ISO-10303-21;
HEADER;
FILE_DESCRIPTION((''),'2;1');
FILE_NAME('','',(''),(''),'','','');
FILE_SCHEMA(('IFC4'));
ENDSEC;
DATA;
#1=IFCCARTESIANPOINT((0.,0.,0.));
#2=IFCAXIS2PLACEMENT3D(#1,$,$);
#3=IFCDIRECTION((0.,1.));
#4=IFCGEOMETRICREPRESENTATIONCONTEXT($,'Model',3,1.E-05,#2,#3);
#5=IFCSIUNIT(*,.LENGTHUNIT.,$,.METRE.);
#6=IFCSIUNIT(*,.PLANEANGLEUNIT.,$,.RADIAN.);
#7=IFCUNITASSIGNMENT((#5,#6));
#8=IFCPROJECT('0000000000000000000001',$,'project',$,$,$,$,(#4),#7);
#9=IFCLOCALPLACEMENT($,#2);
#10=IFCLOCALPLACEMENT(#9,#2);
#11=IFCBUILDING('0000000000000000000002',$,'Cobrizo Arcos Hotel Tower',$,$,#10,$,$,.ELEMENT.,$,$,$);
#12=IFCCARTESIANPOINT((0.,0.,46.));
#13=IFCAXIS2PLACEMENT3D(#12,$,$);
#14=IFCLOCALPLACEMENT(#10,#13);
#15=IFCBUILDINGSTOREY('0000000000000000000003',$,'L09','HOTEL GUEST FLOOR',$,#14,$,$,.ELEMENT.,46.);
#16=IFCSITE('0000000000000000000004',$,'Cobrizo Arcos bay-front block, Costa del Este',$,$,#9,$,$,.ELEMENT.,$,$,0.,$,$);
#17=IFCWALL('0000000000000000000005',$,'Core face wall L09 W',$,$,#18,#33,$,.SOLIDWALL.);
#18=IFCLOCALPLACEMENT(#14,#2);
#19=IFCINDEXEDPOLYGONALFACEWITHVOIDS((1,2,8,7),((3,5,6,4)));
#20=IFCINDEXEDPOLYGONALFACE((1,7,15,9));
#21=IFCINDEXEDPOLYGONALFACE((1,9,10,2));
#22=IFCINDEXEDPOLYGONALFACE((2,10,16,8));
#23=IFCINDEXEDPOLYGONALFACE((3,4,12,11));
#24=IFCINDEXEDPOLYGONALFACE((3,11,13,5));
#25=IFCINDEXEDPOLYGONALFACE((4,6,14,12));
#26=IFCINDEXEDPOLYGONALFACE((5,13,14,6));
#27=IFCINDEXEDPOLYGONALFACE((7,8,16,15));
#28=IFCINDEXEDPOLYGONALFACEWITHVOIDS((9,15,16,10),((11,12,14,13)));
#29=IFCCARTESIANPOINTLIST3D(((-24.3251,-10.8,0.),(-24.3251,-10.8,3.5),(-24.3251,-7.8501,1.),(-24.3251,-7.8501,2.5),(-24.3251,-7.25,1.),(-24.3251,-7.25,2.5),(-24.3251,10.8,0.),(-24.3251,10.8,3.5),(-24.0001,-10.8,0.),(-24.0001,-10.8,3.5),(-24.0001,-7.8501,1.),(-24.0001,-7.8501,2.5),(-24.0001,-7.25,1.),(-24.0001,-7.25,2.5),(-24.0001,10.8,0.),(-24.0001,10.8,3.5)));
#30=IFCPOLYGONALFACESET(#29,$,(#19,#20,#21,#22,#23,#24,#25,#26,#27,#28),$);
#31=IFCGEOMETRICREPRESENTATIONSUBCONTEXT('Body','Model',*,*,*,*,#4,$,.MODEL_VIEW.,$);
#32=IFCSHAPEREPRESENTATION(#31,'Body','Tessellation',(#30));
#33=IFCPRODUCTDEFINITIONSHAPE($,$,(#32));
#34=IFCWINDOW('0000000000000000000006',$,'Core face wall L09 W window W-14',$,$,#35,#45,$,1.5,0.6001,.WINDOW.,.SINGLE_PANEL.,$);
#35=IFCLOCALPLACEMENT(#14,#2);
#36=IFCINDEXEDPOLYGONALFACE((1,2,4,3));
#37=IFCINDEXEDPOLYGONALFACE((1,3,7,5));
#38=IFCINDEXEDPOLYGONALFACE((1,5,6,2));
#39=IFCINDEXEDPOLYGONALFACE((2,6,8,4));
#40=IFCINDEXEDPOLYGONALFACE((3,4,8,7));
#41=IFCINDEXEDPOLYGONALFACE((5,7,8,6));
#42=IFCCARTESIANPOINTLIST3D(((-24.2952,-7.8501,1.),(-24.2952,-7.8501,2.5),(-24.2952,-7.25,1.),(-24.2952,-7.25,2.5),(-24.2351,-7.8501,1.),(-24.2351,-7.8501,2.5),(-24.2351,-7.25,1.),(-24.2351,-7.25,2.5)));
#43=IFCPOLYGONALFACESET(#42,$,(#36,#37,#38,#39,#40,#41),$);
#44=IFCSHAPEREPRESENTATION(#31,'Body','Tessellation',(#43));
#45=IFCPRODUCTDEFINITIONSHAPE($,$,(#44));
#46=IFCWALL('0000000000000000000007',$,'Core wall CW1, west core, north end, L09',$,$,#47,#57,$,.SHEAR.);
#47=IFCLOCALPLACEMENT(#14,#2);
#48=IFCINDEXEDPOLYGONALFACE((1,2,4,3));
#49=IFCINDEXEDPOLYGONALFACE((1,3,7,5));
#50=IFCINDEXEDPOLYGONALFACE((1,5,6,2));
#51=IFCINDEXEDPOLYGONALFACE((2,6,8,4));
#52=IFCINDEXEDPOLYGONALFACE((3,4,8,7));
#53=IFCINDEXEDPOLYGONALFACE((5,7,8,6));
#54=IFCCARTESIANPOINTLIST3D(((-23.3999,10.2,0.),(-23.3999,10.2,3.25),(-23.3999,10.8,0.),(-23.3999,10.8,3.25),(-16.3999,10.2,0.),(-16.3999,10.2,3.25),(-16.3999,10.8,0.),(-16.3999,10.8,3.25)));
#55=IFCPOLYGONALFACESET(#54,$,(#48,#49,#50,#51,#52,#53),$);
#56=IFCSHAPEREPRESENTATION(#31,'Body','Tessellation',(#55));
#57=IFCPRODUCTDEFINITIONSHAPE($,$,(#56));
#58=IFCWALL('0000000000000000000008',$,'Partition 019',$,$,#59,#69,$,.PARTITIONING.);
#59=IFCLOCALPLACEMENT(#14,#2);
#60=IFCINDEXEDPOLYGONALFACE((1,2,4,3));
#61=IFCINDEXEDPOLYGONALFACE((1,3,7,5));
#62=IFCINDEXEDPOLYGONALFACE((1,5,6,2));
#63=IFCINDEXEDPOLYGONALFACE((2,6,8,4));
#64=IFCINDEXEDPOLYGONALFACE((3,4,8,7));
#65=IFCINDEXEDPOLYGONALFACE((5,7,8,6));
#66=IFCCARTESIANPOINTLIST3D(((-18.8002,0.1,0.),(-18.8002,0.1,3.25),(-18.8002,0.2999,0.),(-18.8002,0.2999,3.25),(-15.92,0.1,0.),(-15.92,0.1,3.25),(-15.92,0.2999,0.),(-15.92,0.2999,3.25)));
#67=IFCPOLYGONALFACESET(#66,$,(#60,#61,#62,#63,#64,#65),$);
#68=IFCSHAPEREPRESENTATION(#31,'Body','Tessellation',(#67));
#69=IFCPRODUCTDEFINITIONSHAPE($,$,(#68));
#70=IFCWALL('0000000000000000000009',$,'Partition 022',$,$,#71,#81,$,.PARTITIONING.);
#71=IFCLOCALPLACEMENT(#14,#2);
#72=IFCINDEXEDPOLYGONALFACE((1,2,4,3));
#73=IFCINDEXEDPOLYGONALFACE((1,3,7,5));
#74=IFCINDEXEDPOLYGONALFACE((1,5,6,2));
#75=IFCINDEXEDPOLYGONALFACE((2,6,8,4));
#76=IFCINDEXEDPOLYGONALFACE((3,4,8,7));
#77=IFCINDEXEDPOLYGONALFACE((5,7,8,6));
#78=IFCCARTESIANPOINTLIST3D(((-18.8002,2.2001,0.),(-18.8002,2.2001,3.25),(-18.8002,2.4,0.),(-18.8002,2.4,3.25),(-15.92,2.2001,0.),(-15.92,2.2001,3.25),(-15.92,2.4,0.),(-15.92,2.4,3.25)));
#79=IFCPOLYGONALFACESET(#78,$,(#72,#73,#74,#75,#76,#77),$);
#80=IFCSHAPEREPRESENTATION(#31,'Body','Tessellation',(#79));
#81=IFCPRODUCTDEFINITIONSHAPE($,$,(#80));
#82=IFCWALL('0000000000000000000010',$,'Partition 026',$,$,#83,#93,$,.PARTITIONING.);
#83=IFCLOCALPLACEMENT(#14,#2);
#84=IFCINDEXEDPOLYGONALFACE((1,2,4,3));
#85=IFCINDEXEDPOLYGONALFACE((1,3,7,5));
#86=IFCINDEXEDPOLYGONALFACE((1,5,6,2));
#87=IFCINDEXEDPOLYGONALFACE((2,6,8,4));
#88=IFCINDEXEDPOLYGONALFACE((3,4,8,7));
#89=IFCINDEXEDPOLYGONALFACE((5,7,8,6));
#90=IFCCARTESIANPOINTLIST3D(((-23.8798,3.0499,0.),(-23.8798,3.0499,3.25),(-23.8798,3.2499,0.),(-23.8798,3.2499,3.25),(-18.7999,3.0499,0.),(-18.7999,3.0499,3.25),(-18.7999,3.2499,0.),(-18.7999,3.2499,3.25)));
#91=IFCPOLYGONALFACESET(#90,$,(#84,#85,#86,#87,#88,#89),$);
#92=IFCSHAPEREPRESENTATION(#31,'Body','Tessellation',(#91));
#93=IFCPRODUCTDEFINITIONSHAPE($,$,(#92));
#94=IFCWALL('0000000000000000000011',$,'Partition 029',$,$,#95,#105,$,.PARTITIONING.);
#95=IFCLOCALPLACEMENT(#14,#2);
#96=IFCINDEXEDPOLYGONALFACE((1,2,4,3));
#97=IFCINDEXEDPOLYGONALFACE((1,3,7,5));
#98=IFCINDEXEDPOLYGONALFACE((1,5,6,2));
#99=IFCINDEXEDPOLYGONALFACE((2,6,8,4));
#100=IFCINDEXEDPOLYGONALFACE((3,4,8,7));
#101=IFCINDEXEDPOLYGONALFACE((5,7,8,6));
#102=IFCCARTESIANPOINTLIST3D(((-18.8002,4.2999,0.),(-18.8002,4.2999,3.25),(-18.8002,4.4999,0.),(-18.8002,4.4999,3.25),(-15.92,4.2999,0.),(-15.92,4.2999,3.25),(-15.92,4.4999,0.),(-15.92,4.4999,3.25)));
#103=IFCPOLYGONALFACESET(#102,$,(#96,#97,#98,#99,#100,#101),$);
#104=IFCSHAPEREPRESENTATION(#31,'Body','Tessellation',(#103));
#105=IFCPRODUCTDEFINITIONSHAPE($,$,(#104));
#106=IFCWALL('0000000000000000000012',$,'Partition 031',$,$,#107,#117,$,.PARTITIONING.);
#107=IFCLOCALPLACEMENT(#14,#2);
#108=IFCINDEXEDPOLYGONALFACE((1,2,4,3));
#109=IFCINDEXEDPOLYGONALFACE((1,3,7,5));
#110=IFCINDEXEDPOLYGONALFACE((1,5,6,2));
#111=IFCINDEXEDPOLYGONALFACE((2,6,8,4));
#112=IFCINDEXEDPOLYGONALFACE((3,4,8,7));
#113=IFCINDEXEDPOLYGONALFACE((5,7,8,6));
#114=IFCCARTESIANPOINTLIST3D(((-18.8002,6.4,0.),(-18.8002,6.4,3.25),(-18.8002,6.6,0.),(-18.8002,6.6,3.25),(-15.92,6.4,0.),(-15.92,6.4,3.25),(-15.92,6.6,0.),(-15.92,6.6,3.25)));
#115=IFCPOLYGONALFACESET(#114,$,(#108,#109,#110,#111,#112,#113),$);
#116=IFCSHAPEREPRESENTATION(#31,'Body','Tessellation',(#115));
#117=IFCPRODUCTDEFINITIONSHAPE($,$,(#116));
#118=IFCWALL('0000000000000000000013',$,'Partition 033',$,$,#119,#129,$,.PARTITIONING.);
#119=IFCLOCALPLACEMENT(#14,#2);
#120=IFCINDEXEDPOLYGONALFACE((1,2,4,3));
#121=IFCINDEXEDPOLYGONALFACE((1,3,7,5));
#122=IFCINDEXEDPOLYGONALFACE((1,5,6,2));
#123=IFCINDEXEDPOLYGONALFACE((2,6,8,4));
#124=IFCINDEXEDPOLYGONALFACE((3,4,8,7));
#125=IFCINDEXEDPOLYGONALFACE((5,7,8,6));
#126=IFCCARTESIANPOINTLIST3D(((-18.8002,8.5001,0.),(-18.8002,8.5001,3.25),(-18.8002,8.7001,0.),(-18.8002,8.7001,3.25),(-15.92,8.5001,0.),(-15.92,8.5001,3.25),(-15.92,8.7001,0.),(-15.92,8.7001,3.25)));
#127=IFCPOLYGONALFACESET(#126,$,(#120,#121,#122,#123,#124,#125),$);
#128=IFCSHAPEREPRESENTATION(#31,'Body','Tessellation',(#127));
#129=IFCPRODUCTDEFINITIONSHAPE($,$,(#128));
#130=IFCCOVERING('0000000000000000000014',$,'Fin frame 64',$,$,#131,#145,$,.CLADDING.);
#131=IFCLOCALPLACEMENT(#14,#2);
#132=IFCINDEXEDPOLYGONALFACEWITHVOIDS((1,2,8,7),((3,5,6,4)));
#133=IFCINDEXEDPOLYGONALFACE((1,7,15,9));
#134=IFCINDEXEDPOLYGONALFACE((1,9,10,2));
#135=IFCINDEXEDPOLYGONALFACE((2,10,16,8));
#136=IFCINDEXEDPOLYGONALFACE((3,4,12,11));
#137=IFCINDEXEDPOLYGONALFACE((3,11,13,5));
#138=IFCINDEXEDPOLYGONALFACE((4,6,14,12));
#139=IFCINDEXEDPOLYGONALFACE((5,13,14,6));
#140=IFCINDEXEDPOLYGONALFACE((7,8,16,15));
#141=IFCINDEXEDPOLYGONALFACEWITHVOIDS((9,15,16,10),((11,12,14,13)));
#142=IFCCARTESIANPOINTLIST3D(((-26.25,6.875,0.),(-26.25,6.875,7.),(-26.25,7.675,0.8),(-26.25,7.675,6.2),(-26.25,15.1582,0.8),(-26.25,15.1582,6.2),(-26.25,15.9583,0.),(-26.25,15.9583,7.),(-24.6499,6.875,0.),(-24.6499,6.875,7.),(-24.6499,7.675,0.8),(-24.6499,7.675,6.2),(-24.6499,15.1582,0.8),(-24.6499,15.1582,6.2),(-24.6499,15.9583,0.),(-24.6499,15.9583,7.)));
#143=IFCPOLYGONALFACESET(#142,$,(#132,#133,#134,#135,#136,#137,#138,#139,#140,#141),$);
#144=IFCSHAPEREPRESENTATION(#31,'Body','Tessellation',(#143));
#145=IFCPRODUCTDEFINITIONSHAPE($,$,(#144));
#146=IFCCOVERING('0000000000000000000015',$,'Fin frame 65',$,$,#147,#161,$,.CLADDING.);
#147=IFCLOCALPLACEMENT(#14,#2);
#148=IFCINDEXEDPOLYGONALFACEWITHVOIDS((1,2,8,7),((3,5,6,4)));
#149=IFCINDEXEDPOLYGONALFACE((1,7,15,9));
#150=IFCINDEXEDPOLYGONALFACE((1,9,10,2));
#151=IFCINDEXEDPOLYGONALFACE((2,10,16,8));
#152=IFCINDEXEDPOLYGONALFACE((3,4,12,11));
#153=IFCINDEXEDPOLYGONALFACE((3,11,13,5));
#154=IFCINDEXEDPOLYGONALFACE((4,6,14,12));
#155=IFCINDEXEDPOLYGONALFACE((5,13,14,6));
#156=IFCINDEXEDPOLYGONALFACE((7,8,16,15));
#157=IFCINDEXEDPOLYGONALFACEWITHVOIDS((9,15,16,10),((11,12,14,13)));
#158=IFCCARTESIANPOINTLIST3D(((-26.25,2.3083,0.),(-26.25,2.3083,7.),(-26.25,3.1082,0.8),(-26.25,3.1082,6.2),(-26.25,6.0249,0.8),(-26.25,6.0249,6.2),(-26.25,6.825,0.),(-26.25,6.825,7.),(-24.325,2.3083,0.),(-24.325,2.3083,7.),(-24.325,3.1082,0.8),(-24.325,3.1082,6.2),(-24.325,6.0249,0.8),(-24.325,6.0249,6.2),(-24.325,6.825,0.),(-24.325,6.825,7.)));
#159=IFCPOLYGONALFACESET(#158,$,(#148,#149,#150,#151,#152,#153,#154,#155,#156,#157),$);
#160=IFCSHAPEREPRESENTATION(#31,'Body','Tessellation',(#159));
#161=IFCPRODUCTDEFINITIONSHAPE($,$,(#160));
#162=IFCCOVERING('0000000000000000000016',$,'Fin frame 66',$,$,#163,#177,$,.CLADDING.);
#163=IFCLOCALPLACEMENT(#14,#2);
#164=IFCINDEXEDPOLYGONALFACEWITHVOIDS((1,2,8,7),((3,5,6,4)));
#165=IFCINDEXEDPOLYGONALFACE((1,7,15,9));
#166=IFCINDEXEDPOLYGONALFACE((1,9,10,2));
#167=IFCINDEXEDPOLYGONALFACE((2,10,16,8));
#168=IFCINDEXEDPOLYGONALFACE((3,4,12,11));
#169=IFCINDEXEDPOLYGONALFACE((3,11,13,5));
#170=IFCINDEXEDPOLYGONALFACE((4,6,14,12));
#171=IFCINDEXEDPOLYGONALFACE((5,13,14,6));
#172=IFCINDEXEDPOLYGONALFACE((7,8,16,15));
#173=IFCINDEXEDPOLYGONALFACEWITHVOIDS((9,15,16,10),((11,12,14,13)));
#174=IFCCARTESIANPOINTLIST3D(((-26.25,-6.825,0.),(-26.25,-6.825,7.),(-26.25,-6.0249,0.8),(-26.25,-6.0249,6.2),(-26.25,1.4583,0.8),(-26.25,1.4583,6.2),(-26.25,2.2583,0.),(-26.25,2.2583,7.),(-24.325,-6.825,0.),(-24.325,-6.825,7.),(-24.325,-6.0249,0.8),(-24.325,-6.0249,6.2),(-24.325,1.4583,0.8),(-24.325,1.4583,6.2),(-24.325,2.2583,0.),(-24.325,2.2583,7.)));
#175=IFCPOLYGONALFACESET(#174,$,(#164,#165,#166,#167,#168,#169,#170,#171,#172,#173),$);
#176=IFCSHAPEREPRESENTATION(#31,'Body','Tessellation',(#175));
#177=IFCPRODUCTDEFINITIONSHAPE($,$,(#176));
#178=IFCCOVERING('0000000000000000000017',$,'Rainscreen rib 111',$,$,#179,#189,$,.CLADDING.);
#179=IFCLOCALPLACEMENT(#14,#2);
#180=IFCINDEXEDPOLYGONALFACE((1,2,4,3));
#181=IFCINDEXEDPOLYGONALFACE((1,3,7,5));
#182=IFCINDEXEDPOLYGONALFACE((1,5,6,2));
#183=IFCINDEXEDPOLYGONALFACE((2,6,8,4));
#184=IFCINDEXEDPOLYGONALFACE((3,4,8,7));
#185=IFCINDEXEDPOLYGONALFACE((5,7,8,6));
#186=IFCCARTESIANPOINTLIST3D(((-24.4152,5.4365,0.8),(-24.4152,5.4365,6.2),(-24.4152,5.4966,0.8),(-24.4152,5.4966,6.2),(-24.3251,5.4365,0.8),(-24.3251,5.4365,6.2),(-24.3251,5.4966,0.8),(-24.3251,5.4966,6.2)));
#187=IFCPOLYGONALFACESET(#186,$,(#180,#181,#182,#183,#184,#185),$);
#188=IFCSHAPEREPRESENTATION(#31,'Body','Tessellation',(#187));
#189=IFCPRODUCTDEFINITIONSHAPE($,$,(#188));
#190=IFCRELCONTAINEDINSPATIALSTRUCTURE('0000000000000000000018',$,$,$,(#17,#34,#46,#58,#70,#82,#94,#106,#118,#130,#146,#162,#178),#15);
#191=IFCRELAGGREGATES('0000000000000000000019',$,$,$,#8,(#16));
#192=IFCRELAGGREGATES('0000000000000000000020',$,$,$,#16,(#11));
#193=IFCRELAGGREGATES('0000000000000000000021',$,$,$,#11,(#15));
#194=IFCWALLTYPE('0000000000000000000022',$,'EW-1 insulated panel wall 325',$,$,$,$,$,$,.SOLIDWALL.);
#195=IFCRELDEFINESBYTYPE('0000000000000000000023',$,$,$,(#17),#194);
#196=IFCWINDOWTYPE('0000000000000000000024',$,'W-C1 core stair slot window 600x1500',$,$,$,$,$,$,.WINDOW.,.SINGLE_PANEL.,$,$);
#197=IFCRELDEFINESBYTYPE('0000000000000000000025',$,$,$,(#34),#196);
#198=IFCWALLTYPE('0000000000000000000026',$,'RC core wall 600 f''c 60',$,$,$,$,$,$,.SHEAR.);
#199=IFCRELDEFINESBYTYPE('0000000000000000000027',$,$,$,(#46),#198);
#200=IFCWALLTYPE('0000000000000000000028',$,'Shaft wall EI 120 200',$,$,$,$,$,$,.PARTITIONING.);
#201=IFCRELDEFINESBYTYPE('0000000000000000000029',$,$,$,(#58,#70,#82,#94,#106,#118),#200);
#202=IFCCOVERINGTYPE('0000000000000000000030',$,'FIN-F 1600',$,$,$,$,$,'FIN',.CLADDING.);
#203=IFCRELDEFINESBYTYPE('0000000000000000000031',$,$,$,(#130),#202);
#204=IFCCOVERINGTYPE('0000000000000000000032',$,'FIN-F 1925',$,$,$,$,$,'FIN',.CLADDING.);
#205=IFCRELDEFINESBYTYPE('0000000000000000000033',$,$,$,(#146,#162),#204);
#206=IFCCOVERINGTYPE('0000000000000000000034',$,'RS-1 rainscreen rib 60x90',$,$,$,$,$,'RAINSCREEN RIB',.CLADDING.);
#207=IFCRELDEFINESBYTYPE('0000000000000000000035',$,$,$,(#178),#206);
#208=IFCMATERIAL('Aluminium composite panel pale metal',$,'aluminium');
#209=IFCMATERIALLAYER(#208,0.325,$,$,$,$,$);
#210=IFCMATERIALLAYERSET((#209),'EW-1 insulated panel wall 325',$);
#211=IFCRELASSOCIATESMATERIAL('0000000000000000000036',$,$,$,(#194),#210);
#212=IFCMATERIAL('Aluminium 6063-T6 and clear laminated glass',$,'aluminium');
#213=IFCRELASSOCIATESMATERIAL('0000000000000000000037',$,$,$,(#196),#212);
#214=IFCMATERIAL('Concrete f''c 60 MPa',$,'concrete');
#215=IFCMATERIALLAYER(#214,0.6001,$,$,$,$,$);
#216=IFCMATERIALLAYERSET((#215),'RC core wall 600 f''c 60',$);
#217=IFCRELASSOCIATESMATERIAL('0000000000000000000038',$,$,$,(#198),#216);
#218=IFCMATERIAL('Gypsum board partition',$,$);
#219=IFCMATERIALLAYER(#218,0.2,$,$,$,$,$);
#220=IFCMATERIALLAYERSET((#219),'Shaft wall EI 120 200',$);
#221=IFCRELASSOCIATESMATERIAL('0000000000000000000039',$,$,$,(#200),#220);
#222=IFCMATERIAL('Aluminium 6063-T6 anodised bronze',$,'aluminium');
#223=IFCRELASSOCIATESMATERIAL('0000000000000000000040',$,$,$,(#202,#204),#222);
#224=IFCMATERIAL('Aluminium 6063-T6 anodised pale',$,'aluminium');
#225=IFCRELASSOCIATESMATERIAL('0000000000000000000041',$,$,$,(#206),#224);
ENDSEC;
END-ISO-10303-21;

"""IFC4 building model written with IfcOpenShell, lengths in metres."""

from ifc_helpers import new_model, si_unit, direction, frame, frame_2d, origin, origin_2d, place, context, subcontext, project, spatial, polyline, rectangle, outline, extrude, material, layer, layer_set, type_object, element, fill, save


model = new_model("IFC4")

# Units and contexts
model_context = context("Model", 3, precision=1e-05, world=origin(), true_north=direction((0.0, 1.0)))
body_context = subcontext(model_context, "Body", "Model", "MODEL_VIEW")
ifc_project = project(units=[si_unit("LENGTHUNIT", "METRE"), si_unit("PLANEANGLEUNIT", "RADIAN")], contexts=[model_context])

# Site, building, storey
site_placement = place(None, origin())
site = spatial("IfcSite", under=ifc_project, at=site_placement, Name="Cobrizo Arcos bay-front block, Costa del Este", CompositionType="ELEMENT", RefElevation=0.0)
building_placement = place(site_placement, origin())
building = spatial("IfcBuilding", under=site, at=building_placement, Name="Cobrizo Arcos Hotel Tower", CompositionType="ELEMENT")
storey_placement = place(building_placement, frame((0.0, 0.0, 46.0)))
storey = spatial("IfcBuildingStorey", under=building, at=storey_placement, Name="L09", Description="HOTEL GUEST FLOOR", CompositionType="ELEMENT", Elevation=46.0)

# Shared definitions
ifc_material_1 = material(Name="Aluminium 6063-T6 anodised bronze", Category="aluminium")

# Shared definitions
ifc_material_2 = material(Name="Aluminium composite panel pale metal", Category="aluminium")

# Wall, opening, window
ifc_layer_1 = layer(ifc_material_2, 0.325)
ifc_layer_set_1 = layer_set([ifc_layer_1], Name="EW-1 insulated panel wall 325")
wall_type_1 = type_object("IfcWallType", Name="EW-1 insulated panel wall 325", PredefinedType="SOLIDWALL", material=ifc_layer_set_1)
wall_1_placement = place(storey_placement, frame((-24.1626, 10.8, 0.0), z_axis=(0.0, 0.0, 1.0), x_axis=(0.0, -1.0, 0.0)))
wall_1 = element("IfcWall", 1, at=wall_1_placement, inside=storey, type_object=wall_type_1, Name="Core face wall L09 W", PredefinedType="SOLIDWALL", context=body_context, shape_type="SweptSolid", body=[
    extrude(rectangle(XDim=21.6001, YDim=0.325, at=frame_2d((10.8, 0.0))), origin(), (0.0, 0.0, 1.0), 3.5),
])
opening_placement = place(wall_1_placement, frame((18.05, 0.0, 1.0)))
opening = element("IfcOpeningElement", 2, at=opening_placement, cuts=wall_1, PredefinedType="OPENING", context=body_context, shape_type="SweptSolid", body=[
    extrude(rectangle(XDim=0.6001, YDim=1.5, at=frame_2d((0.3, 0.75))), frame((0.0, 0.1746, 0.0), z_axis=(0.0, -1.0, 0.0), x_axis=(1.0, 0.0, 0.0)), (0.0, 0.0, 1.0), 0.3489),
])
ifc_material_3 = material(Name="Aluminium 6063-T6 and clear laminated glass", Category="aluminium")
window_type = type_object("IfcWindowType", Name="W-C1 core stair slot window 600x1500", PartitioningType="SINGLE_PANEL", PredefinedType="WINDOW", material=ifc_material_3)
window_placement = place(opening_placement, origin())
window = element("IfcWindow", 3, at=window_placement, inside=storey, type_object=window_type, Name="Core face wall L09 W window W-14", OverallHeight=1.5, OverallWidth=0.6001, PartitioningType="SINGLE_PANEL", PredefinedType="WINDOW", context=body_context, shape_type="SweptSolid", body=[
    extrude(rectangle(XDim=0.6001, YDim=1.5, at=frame_2d((0.3, 0.75))), frame((0.0, -0.0725, 0.0), z_axis=(0.0, -1.0, 0.0), x_axis=(1.0, 0.0, 0.0)), (0.0, 0.0, 1.0), 0.0601),
])
fill(opening, window)

# Walls
ifc_material_4 = material(Name="Concrete f'c 60 MPa", Category="concrete")
ifc_layer_2 = layer(ifc_material_4, 0.6001)
ifc_layer_set_2 = layer_set([ifc_layer_2], Name="RC core wall 600 f'c 60")
wall_type_2 = type_object("IfcWallType", Name="RC core wall 600 f'c 60", PredefinedType="SHEAR", material=ifc_layer_set_2)
wall_2_placement = place(storey_placement, frame((-23.3999, 10.5, 0.0), z_axis=(0.0, 0.0, 1.0), x_axis=(1.0, 0.0, 0.0)))
element("IfcWall", 4, at=wall_2_placement, inside=storey, type_object=wall_type_2, Name="Core wall CW1, west core, north end, L09", PredefinedType="SHEAR", context=body_context, shape_type="SweptSolid", body=[
    extrude(rectangle(XDim=7.0, YDim=0.6001, at=frame_2d((3.5, 0.0))), origin(), (0.0, 0.0, 1.0), 3.25),
])
ifc_material_5 = material(Name="Gypsum board partition")
ifc_layer_3 = layer(ifc_material_5, 0.2)
ifc_layer_set_3 = layer_set([ifc_layer_3], Name="Shaft wall EI 120 200")
wall_type_3 = type_object("IfcWallType", Name="Shaft wall EI 120 200", PredefinedType="PARTITIONING", material=ifc_layer_set_3)
for number, where, z_axis, x_axis, name in (
    (5, (-18.8, 0.2, 0.0), (0.0, 0.0, 1.0), (1.0, 0.0, 0.0), "Partition 019"),
    (6, (-18.8, 2.3, 0.0), (0.0, 0.0, 1.0), (1.0, 0.0, 0.0), "Partition 022"),
):
    element("IfcWall", number, at=place(storey_placement, frame(where, z_axis=z_axis, x_axis=x_axis)), inside=storey, type_object=wall_type_3, Name=name, PredefinedType="PARTITIONING", context=body_context, shape_type="SweptSolid", body=[
        extrude(rectangle(XDim=2.8801, YDim=0.2, at=frame_2d((1.4399, 0.0))), origin(), (0.0, 0.0, 1.0), 3.25),
    ])
wall_3_placement = place(storey_placement, frame((-23.8799, 3.1499, 0.0), z_axis=(0.0, 0.0, 1.0), x_axis=(1.0, 0.0, 0.0)))
element("IfcWall", 7, at=wall_3_placement, inside=storey, type_object=wall_type_3, Name="Partition 026", PredefinedType="PARTITIONING", context=body_context, shape_type="SweptSolid", body=[
    extrude(rectangle(XDim=5.0798, YDim=0.2, at=frame_2d((2.54, 0.0))), origin(), (0.0, 0.0, 1.0), 3.25),
])
for number, where, z_axis, x_axis, name in (
    (8, (-18.8, 4.3999, 0.0), (0.0, 0.0, 1.0), (1.0, 0.0, 0.0), "Partition 029"),
    (9, (-18.8, 6.5, 0.0), (0.0, 0.0, 1.0), (1.0, 0.0, 0.0), "Partition 031"),
    (10, (-18.8, 8.6001, 0.0), (0.0, 0.0, 1.0), (1.0, 0.0, 0.0), "Partition 033"),
):
    element("IfcWall", number, at=place(storey_placement, frame(where, z_axis=z_axis, x_axis=x_axis)), inside=storey, type_object=wall_type_3, Name=name, PredefinedType="PARTITIONING", context=body_context, shape_type="SweptSolid", body=[
        extrude(rectangle(XDim=2.8801, YDim=0.2, at=frame_2d((1.4399, 0.0))), origin(), (0.0, 0.0, 1.0), 3.25),
    ])

# Coverings
covering_type_1 = type_object("IfcCoveringType", Name="FIN-F 1600", ElementType="FIN", PredefinedType="CLADDING", material=ifc_material_1)
covering_1_placement = place(storey_placement, frame((-24.6499, 15.9583, 0.0), z_axis=(-1.0, 0.0, 0.0), x_axis=(0.0, -1.0, 0.0)))
element("IfcCovering", 11, at=covering_1_placement, inside=storey, type_object=covering_type_1, Name="Fin frame 64", PredefinedType="CLADDING", context=body_context, shape_type="SweptSolid", body=[
    extrude(outline(polyline([(0.0, 7.0), (0.0, 0.0), (9.0833, 0.0), (9.0833, 7.0), (0.0, 7.0)]), holes=[polyline([(8.2832, 0.8), (0.8, 0.8), (0.8, 6.2), (8.2832, 6.2), (8.2832, 0.8)])]), origin(), (0.0, 0.0, 1.0), 1.6001),
])
covering_type_2 = type_object("IfcCoveringType", Name="FIN-F 1925", ElementType="FIN", PredefinedType="CLADDING", material=ifc_material_1)
covering_2_placement = place(storey_placement, frame((-24.325, 6.825, 0.0), z_axis=(-1.0, 0.0, 0.0), x_axis=(0.0, -1.0, 0.0)))
element("IfcCovering", 12, at=covering_2_placement, inside=storey, type_object=covering_type_2, Name="Fin frame 65", PredefinedType="CLADDING", context=body_context, shape_type="SweptSolid", body=[
    extrude(outline(polyline([(0.0, 7.0), (0.0, 0.0), (4.5166, 0.0), (4.5166, 7.0), (0.0, 7.0)]), holes=[polyline([(3.7168, 0.8), (0.8, 0.8), (0.8, 6.2), (3.7168, 6.2), (3.7168, 0.8)])]), origin(), (0.0, 0.0, 1.0), 1.925),
])
covering_3_placement = place(storey_placement, frame((-24.325, 2.2583, 0.0), z_axis=(-1.0, 0.0, 0.0), x_axis=(0.0, -1.0, 0.0)))
element("IfcCovering", 13, at=covering_3_placement, inside=storey, type_object=covering_type_2, Name="Fin frame 66", PredefinedType="CLADDING", context=body_context, shape_type="SweptSolid", body=[
    extrude(outline(polyline([(0.0, 7.0), (0.0, 0.0), (9.0833, 0.0), (9.0833, 7.0), (0.0, 7.0)]), holes=[polyline([(8.2832, 0.8), (0.8, 0.8), (0.8, 6.2), (8.2832, 6.2), (8.2832, 0.8)])]), origin(), (0.0, 0.0, 1.0), 1.925),
])
ifc_material_6 = material(Name="Aluminium 6063-T6 anodised pale", Category="aluminium")
covering_type_3 = type_object("IfcCoveringType", Name="RS-1 rainscreen rib 60x90", ElementType="RAINSCREEN RIB", PredefinedType="CLADDING", material=ifc_material_6)
for number, where, z_axis, x_axis, name in (
    (14, (-24.3701, 5.4666, 0.8), (0.0, 0.0, 1.0), (0.0, -1.0, 0.0), "Rainscreen rib 111"),
):
    element("IfcCovering", number, at=place(storey_placement, frame(where, z_axis=z_axis, x_axis=x_axis)), inside=storey, type_object=covering_type_3, Name=name, PredefinedType="CLADDING", context=body_context, shape_type="SweptSolid", body=[
        extrude(rectangle(XDim=0.0601, YDim=0.0901, at=origin_2d()), origin(), (0.0, 0.0, 1.0), 5.3999),
    ])

save(model, "model.ifc")
